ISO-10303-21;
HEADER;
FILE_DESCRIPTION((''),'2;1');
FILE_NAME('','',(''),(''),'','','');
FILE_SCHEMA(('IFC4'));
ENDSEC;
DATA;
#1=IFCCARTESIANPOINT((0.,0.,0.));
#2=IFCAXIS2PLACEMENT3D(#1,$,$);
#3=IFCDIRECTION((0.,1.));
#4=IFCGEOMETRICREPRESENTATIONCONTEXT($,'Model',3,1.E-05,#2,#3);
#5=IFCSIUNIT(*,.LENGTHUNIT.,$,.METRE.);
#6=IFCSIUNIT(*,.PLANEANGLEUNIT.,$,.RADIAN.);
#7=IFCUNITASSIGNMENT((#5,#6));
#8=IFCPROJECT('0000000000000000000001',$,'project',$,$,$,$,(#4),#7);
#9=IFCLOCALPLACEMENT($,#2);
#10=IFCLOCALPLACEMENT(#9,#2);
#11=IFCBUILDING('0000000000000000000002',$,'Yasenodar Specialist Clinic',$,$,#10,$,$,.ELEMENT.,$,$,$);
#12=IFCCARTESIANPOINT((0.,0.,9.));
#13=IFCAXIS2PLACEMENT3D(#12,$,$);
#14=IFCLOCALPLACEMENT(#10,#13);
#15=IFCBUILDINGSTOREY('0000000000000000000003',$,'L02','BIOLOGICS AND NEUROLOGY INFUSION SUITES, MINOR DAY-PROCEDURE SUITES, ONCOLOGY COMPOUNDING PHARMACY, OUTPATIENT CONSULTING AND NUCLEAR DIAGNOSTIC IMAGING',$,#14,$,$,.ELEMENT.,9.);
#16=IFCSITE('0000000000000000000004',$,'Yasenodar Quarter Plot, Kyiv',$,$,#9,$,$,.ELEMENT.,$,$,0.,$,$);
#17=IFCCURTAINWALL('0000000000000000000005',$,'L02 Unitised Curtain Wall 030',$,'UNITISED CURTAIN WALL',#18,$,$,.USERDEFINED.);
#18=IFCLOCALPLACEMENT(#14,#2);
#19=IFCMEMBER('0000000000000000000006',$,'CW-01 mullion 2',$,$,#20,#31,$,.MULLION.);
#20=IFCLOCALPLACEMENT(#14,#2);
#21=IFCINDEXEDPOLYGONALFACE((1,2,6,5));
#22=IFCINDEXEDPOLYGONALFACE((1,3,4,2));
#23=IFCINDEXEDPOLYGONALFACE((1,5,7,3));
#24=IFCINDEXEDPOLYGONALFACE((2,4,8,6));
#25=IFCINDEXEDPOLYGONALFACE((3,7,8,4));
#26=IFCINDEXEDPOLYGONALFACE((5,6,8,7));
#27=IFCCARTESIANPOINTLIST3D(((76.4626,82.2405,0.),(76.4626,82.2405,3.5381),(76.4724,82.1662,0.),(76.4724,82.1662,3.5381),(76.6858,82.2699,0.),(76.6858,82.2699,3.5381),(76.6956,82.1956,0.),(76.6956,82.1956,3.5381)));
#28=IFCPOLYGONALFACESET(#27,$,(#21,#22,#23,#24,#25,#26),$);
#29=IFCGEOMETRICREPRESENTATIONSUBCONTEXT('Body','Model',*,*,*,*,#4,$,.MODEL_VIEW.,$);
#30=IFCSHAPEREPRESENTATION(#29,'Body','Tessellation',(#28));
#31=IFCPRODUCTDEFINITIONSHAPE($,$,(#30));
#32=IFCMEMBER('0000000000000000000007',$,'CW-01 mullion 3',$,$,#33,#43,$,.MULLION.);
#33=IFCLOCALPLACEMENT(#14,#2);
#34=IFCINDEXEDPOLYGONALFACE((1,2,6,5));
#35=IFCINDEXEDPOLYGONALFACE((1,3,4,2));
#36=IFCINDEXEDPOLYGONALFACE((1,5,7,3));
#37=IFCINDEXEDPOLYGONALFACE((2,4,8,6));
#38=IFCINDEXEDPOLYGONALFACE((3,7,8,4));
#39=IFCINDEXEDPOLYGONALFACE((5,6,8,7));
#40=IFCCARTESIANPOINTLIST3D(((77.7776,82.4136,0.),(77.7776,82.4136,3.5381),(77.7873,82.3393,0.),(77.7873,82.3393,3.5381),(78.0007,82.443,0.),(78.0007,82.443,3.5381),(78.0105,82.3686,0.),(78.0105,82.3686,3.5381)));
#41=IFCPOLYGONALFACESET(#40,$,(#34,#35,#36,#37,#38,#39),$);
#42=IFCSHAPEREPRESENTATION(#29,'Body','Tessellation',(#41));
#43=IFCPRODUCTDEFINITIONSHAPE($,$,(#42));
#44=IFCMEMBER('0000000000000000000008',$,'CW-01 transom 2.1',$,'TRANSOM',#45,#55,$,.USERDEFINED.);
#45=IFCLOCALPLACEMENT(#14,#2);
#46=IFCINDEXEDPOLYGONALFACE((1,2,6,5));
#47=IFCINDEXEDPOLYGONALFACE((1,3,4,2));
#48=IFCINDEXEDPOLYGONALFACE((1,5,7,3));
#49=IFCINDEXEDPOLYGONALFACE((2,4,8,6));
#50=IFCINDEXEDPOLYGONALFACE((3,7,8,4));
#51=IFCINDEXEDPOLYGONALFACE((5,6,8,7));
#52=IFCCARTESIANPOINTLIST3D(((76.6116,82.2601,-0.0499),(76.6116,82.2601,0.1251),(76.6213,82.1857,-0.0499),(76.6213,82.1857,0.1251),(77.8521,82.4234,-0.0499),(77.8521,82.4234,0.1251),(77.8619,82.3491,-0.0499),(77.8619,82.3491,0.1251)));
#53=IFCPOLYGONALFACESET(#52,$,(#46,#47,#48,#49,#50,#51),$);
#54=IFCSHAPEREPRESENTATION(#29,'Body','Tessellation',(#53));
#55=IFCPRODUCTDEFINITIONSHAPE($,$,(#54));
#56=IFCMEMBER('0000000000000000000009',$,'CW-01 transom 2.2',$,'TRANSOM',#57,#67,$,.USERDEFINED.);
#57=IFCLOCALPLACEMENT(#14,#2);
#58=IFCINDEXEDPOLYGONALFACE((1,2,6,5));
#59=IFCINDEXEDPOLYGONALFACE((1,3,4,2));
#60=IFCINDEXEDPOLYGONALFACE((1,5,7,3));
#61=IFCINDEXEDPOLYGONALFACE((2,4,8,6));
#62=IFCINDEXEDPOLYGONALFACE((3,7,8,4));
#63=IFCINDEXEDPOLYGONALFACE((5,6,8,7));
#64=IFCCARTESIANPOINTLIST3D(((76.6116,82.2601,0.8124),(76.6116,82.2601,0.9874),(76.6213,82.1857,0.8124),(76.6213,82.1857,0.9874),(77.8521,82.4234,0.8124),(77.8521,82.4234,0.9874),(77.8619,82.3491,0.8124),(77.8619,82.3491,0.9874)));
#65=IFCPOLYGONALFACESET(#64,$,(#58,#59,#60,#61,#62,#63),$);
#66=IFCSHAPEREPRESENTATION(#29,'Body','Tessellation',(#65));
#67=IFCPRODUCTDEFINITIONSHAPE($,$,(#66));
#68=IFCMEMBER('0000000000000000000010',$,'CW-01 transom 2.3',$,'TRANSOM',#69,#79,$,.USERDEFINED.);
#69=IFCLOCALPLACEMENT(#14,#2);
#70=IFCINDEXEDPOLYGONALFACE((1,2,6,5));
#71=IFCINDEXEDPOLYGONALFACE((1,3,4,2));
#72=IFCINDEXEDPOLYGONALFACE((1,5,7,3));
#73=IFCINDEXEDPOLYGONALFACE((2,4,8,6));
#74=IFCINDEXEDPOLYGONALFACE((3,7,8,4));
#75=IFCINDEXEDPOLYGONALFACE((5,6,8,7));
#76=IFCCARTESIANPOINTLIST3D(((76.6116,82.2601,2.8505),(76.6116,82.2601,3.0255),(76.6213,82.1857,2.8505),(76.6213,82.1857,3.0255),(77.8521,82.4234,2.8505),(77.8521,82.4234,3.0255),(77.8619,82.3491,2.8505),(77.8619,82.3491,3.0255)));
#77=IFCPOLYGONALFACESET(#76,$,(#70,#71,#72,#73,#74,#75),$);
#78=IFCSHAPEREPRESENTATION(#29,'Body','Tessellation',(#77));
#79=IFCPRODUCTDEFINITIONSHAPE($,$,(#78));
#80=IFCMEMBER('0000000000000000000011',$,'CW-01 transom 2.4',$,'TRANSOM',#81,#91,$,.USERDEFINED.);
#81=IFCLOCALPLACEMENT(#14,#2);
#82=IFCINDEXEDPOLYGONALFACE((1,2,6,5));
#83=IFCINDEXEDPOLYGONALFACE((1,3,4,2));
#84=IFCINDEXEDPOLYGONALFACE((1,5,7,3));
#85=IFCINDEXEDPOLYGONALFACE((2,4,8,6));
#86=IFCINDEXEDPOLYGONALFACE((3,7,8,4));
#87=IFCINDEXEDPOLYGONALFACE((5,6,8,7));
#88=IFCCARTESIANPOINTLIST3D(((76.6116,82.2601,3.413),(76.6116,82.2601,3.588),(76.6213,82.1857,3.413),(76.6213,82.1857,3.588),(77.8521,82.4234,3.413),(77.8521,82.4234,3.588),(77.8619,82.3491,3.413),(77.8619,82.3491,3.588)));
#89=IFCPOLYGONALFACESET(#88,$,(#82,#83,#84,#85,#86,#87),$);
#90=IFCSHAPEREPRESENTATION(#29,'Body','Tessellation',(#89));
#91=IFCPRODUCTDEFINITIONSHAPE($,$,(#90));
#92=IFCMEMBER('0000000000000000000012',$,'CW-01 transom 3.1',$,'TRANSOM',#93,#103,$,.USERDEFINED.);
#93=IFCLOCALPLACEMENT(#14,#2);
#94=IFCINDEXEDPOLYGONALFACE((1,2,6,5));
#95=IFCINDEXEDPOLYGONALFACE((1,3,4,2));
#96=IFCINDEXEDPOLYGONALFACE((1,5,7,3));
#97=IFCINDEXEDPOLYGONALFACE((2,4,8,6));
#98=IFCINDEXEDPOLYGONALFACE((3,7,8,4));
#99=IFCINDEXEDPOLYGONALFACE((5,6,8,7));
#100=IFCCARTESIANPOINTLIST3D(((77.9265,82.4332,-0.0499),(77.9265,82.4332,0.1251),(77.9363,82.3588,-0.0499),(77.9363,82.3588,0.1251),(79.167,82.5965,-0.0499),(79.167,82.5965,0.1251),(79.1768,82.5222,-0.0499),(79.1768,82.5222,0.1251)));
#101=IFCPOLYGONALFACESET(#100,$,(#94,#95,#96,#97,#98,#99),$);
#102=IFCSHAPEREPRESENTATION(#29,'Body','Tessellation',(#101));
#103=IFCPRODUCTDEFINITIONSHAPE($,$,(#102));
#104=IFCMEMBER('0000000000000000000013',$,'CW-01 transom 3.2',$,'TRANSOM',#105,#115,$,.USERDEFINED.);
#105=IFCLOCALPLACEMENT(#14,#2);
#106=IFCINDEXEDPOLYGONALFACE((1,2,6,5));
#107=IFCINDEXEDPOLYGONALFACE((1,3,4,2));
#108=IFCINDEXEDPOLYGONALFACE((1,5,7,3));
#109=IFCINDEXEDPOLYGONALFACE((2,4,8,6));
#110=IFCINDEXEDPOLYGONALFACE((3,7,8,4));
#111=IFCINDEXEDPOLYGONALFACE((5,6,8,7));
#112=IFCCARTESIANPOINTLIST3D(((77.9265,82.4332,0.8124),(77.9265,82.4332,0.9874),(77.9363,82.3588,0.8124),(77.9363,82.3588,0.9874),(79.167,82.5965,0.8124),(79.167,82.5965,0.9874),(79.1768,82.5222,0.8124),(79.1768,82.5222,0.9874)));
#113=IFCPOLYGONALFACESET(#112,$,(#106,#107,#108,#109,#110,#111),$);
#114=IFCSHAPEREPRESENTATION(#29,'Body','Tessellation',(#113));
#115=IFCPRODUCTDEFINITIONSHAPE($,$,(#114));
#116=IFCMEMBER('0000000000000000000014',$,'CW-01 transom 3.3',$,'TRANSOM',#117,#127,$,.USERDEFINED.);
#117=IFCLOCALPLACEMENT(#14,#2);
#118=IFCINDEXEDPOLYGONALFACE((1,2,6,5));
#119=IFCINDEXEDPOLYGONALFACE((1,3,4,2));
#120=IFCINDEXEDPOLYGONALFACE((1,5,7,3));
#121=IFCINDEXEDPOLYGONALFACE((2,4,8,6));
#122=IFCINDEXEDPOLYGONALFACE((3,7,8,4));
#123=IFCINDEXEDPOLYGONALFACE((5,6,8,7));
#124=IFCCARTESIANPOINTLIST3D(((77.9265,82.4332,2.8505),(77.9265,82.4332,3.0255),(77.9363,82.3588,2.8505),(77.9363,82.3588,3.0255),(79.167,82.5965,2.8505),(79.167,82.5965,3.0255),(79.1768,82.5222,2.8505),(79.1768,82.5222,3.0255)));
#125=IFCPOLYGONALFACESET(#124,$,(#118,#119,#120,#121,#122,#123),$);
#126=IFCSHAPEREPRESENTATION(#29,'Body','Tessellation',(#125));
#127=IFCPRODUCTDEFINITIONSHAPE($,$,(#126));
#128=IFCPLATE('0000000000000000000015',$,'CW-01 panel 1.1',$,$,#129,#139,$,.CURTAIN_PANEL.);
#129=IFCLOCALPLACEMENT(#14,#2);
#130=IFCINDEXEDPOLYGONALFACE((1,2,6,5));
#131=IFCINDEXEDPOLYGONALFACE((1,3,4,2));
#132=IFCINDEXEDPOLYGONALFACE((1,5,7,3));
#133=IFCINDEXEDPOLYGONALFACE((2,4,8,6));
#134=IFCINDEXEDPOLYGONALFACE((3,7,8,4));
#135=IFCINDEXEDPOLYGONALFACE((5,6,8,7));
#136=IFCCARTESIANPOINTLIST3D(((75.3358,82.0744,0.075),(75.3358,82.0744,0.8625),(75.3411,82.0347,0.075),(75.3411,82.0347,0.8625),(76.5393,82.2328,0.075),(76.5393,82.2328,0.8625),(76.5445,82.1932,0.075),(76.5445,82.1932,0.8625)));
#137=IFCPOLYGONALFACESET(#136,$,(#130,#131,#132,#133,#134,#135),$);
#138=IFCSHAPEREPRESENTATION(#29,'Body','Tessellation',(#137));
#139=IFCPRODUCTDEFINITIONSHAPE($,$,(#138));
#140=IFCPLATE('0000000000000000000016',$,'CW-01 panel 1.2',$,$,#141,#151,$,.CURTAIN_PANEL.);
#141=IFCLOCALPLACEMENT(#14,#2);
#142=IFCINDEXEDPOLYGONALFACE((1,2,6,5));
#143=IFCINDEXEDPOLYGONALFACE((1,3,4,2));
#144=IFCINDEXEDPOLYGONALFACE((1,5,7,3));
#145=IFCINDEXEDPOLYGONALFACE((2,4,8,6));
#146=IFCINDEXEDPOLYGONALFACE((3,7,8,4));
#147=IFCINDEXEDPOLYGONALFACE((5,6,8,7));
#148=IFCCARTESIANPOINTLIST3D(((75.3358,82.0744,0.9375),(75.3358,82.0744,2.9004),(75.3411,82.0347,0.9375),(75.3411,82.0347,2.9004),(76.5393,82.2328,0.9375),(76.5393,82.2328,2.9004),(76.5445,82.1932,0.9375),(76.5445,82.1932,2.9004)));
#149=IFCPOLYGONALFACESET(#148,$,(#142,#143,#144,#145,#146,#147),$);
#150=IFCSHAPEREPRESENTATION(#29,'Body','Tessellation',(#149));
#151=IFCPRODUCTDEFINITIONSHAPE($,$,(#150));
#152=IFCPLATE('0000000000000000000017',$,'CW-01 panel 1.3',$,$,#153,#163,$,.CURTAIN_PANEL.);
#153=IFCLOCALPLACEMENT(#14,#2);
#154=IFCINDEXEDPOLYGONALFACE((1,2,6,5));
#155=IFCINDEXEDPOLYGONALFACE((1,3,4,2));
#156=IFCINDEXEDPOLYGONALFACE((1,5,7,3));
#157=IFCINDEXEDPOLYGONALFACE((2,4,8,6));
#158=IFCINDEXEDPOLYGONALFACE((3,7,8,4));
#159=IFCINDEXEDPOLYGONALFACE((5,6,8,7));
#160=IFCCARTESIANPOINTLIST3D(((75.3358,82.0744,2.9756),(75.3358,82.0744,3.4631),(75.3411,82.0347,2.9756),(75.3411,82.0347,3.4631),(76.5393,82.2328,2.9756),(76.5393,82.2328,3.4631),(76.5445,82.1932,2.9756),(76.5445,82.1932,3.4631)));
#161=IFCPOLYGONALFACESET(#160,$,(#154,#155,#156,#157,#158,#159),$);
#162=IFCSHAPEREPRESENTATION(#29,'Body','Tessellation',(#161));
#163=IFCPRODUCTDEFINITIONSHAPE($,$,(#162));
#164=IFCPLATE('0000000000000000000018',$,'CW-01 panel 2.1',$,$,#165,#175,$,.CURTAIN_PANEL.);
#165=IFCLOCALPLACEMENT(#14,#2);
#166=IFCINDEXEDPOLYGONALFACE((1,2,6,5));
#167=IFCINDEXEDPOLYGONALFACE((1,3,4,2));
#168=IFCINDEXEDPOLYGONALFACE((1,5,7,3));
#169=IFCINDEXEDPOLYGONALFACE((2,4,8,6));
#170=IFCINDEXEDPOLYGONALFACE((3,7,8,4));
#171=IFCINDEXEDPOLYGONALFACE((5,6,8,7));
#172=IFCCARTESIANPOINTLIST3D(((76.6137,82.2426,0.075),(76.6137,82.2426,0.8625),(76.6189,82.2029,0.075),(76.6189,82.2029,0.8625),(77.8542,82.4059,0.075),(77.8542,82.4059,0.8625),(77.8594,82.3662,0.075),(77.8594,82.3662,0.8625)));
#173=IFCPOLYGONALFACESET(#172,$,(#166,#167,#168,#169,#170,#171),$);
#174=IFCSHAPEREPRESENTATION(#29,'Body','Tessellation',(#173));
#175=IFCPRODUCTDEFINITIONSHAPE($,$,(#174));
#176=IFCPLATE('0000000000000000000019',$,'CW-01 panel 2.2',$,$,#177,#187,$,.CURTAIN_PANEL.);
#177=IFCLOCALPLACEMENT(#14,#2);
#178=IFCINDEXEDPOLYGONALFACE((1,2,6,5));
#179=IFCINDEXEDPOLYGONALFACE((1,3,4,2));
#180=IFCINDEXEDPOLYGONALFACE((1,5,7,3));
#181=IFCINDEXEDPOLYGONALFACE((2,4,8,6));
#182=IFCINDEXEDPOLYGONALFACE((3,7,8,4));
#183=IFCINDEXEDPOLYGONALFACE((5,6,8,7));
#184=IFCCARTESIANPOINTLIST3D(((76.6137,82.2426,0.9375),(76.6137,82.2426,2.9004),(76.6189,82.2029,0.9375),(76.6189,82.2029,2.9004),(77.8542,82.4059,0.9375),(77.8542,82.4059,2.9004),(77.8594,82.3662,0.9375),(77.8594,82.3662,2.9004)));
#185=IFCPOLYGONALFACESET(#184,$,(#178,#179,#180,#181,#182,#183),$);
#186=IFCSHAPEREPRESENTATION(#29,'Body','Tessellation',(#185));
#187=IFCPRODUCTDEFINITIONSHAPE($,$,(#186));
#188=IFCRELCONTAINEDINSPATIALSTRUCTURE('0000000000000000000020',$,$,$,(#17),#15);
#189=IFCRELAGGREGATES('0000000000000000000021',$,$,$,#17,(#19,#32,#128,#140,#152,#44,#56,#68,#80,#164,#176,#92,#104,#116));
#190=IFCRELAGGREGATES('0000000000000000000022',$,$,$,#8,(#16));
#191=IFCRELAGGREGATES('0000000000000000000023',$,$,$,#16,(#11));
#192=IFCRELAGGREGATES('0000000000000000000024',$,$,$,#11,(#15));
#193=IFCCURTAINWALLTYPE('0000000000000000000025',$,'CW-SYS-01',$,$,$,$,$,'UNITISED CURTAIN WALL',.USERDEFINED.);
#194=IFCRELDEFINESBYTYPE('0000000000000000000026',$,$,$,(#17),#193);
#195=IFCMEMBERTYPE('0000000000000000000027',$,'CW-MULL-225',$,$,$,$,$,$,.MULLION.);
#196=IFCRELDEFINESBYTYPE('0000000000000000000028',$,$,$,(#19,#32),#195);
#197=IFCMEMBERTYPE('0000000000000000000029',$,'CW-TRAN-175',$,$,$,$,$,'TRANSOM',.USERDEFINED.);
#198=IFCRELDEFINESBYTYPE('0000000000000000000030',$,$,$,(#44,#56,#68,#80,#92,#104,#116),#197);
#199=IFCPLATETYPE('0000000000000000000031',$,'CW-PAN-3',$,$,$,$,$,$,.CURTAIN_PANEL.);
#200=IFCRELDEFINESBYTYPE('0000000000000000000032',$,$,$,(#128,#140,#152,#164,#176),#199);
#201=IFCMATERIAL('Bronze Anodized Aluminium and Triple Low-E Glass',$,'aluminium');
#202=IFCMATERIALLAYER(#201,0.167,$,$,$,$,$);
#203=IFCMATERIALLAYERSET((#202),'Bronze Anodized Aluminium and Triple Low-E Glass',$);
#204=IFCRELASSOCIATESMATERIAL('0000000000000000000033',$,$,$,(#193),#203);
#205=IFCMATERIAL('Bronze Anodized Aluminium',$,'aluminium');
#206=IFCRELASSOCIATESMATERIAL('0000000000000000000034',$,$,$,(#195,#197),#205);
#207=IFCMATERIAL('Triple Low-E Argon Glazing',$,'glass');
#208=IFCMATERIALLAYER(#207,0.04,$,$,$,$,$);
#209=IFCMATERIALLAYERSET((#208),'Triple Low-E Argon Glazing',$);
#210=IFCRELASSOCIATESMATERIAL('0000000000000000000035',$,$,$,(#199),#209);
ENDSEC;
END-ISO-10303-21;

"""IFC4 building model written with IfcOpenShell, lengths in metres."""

from ifc_helpers import new_model, si_unit, direction, frame, origin, origin_2d, place, context, subcontext, project, spatial, rectangle, extrude, material, layer, layer_set, material_profile, profile_set, type_object, element, aggregate, save


model = new_model("IFC4")

# Units and contexts
model_context = context("Model", 3, precision=1e-05, world=origin(), true_north=direction((0.0, 1.0)))
body_context = subcontext(model_context, "Body", "Model", "MODEL_VIEW")
ifc_project = project(units=[si_unit("LENGTHUNIT", "METRE"), si_unit("PLANEANGLEUNIT", "RADIAN")], contexts=[model_context])

# Site, building, storey
site_placement = place(None, origin())
site = spatial("IfcSite", under=ifc_project, at=site_placement, Name="Yasenodar Quarter Plot, Kyiv", CompositionType="ELEMENT", RefElevation=0.0)
building_placement = place(site_placement, origin())
building = spatial("IfcBuilding", under=site, at=building_placement, Name="Yasenodar Specialist Clinic", CompositionType="ELEMENT")
storey_placement = place(building_placement, frame((0.0, 0.0, 9.0)))
storey = spatial("IfcBuildingStorey", under=building, at=storey_placement, Name="L02", Description="BIOLOGICS AND NEUROLOGY INFUSION SUITES, MINOR DAY-PROCEDURE SUITES, ONCOLOGY COMPOUNDING PHARMACY, OUTPATIENT CONSULTING AND NUCLEAR DIAGNOSTIC IMAGING", CompositionType="ELEMENT", Elevation=9.0)

# Curtain wall, members, plates
ifc_material_1 = material(Name="Bronze Anodized Aluminium and Triple Low-E Glass", Category="aluminium")
ifc_layer_1 = layer(ifc_material_1, 0.167)
ifc_layer_set_1 = layer_set([ifc_layer_1], Name="Bronze Anodized Aluminium and Triple Low-E Glass")
curtain_wall_type = type_object("IfcCurtainWallType", Name="CW-SYS-01", ElementType="UNITISED CURTAIN WALL", PredefinedType="USERDEFINED", material=ifc_layer_set_1)
curtain_wall_placement = place(storey_placement, origin())
curtain_wall = element("IfcCurtainWall", 1, at=curtain_wall_placement, inside=storey, type_object=curtain_wall_type, Name="L02 Unitised Curtain Wall 030", ObjectType="UNITISED CURTAIN WALL", PredefinedType="USERDEFINED")
ifc_material_2 = material(Name="Bronze Anodized Aluminium", Category="aluminium")
ifc_material_profile_1 = material_profile(ifc_material_2, rectangle(XDim=0.075, YDim=0.2251, at=origin_2d()), Name="CW-MULL 75x225")
ifc_profile_set_1 = profile_set([ifc_material_profile_1], Name="Bronze Anodized Aluminium")
member_type_1 = type_object("IfcMemberType", Name="CW-MULL-225", PredefinedType="MULLION", material=ifc_profile_set_1)
member_1_placement = place(storey_placement, frame((76.5791, 82.218, 0.0), z_axis=(0.0, 0.0, 1.0), x_axis=(-0.130512, 0.991447, 0.0)))
member_1 = element("IfcMember", 2, at=member_1_placement, type_object=member_type_1, Name="CW-01 mullion 2", PredefinedType="MULLION", context=body_context, shape_type="SweptSolid", body=[
    extrude(rectangle(XDim=0.075, YDim=0.2251, at=origin_2d()), origin(), (0.0, 0.0, 1.0), 3.5381),
])
member_2_placement = place(storey_placement, frame((77.894, 82.3911, 0.0), z_axis=(0.0, 0.0, 1.0), x_axis=(-0.130512, 0.991447, 0.0)))
member_2 = element("IfcMember", 3, at=member_2_placement, type_object=member_type_1, Name="CW-01 mullion 3", PredefinedType="MULLION", context=body_context, shape_type="SweptSolid", body=[
    extrude(rectangle(XDim=0.075, YDim=0.2251, at=origin_2d()), origin(), (0.0, 0.0, 1.0), 3.5381),
])
ifc_material_profile_2 = material_profile(ifc_material_2, rectangle(XDim=0.075, YDim=0.175, at=origin_2d()), Name="CW-TRAN 75x175")
ifc_profile_set_2 = profile_set([ifc_material_profile_2], Name="Bronze Anodized Aluminium")
member_type_2 = type_object("IfcMemberType", Name="CW-TRAN-175", ElementType="TRANSOM", PredefinedType="USERDEFINED", material=ifc_profile_set_2)
member_3_placement = place(storey_placement, frame((76.6165, 82.2229, 0.0376), z_axis=(0.991443, 0.13054, 0.0), x_axis=(-0.13054, 0.991443, 0.0)))
member_3 = element("IfcMember", 4, at=member_3_placement, type_object=member_type_2, Name="CW-01 transom 2.1", ObjectType="TRANSOM", PredefinedType="USERDEFINED", context=body_context, shape_type="SweptSolid", body=[
    extrude(rectangle(XDim=0.075, YDim=0.175, at=origin_2d()), origin(), (0.0, 0.0, 1.0), 1.2512),
])
member_4_placement = place(storey_placement, frame((76.6165, 82.2229, 0.8999), z_axis=(0.991443, 0.13054, 0.0), x_axis=(-0.13054, 0.991443, 0.0)))
member_4 = element("IfcMember", 5, at=member_4_placement, type_object=member_type_2, Name="CW-01 transom 2.2", ObjectType="TRANSOM", PredefinedType="USERDEFINED", context=body_context, shape_type="SweptSolid", body=[
    extrude(rectangle(XDim=0.075, YDim=0.175, at=origin_2d()), origin(), (0.0, 0.0, 1.0), 1.2512),
])
member_5_placement = place(storey_placement, frame((76.6165, 82.2229, 2.938), z_axis=(0.991443, 0.13054, 0.0), x_axis=(-0.13054, 0.991443, 0.0)))
member_5 = element("IfcMember", 6, at=member_5_placement, type_object=member_type_2, Name="CW-01 transom 2.3", ObjectType="TRANSOM", PredefinedType="USERDEFINED", context=body_context, shape_type="SweptSolid", body=[
    extrude(rectangle(XDim=0.075, YDim=0.175, at=origin_2d()), origin(), (0.0, 0.0, 1.0), 1.2512),
])
member_6_placement = place(storey_placement, frame((76.6165, 82.2229, 3.5005), z_axis=(0.991443, 0.13054, 0.0), x_axis=(-0.13054, 0.991443, 0.0)))
member_6 = element("IfcMember", 7, at=member_6_placement, type_object=member_type_2, Name="CW-01 transom 2.4", ObjectType="TRANSOM", PredefinedType="USERDEFINED", context=body_context, shape_type="SweptSolid", body=[
    extrude(rectangle(XDim=0.075, YDim=0.175, at=origin_2d()), origin(), (0.0, 0.0, 1.0), 1.2512),
])
member_7_placement = place(storey_placement, frame((77.9314, 82.396, 0.0376), z_axis=(0.991443, 0.13054, 0.0), x_axis=(-0.13054, 0.991443, 0.0)))
member_7 = element("IfcMember", 8, at=member_7_placement, type_object=member_type_2, Name="CW-01 transom 3.1", ObjectType="TRANSOM", PredefinedType="USERDEFINED", context=body_context, shape_type="SweptSolid", body=[
    extrude(rectangle(XDim=0.075, YDim=0.175, at=origin_2d()), origin(), (0.0, 0.0, 1.0), 1.2512),
])
member_8_placement = place(storey_placement, frame((77.9314, 82.396, 0.8999), z_axis=(0.991443, 0.13054, 0.0), x_axis=(-0.13054, 0.991443, 0.0)))
member_8 = element("IfcMember", 9, at=member_8_placement, type_object=member_type_2, Name="CW-01 transom 3.2", ObjectType="TRANSOM", PredefinedType="USERDEFINED", context=body_context, shape_type="SweptSolid", body=[
    extrude(rectangle(XDim=0.075, YDim=0.175, at=origin_2d()), origin(), (0.0, 0.0, 1.0), 1.2512),
])
member_9_placement = place(storey_placement, frame((77.9314, 82.396, 2.938), z_axis=(0.991443, 0.13054, 0.0), x_axis=(-0.13054, 0.991443, 0.0)))
member_9 = element("IfcMember", 10, at=member_9_placement, type_object=member_type_2, Name="CW-01 transom 3.3", ObjectType="TRANSOM", PredefinedType="USERDEFINED", context=body_context, shape_type="SweptSolid", body=[
    extrude(rectangle(XDim=0.075, YDim=0.175, at=origin_2d()), origin(), (0.0, 0.0, 1.0), 1.2512),
])
ifc_material_3 = material(Name="Triple Low-E Argon Glazing", Category="glass")
ifc_layer_2 = layer(ifc_material_3, 0.04)
ifc_layer_set_2 = layer_set([ifc_layer_2], Name="Triple Low-E Argon Glazing")
plate_type_1 = type_object("IfcPlateType", Name="CW-PAN-3", PredefinedType="CURTAIN_PANEL", material=ifc_layer_set_2)
plate_1_placement = place(storey_placement, frame((75.9402, 82.1338, 0.075), z_axis=(0.0, 0.0, 1.0), x_axis=(0.991447, 0.130512, 0.0)))
plate_1 = element("IfcPlate", 11, at=plate_1_placement, type_object=plate_type_1, Name="CW-01 panel 1.1", PredefinedType="CURTAIN_PANEL", context=body_context, shape_type="SweptSolid", body=[
    extrude(rectangle(XDim=1.2139, YDim=0.04, at=origin_2d()), origin(), (0.0, 0.0, 1.0), 0.7876),
])
plate_2_placement = place(storey_placement, frame((75.9402, 82.1338, 0.9375), z_axis=(0.0, 0.0, 1.0), x_axis=(0.991447, 0.130512, 0.0)))
plate_2 = element("IfcPlate", 12, at=plate_2_placement, type_object=plate_type_1, Name="CW-01 panel 1.2", PredefinedType="CURTAIN_PANEL", context=body_context, shape_type="SweptSolid", body=[
    extrude(rectangle(XDim=1.2139, YDim=0.04, at=origin_2d()), origin(), (0.0, 0.0, 1.0), 1.9629),
])
plate_3_placement = place(storey_placement, frame((75.9402, 82.1338, 2.9756), z_axis=(0.0, 0.0, 1.0), x_axis=(0.991447, 0.130512, 0.0)))
plate_3 = element("IfcPlate", 13, at=plate_3_placement, type_object=plate_type_1, Name="CW-01 panel 1.3", PredefinedType="CURTAIN_PANEL", context=body_context, shape_type="SweptSolid", body=[
    extrude(rectangle(XDim=1.2139, YDim=0.04, at=origin_2d()), origin(), (0.0, 0.0, 1.0), 0.4875),
])
plate_4_placement = place(storey_placement, frame((77.2366, 82.3044, 0.075), z_axis=(0.0, 0.0, 1.0), x_axis=(0.991447, 0.130512, 0.0)))
plate_4 = element("IfcPlate", 14, at=plate_4_placement, type_object=plate_type_1, Name="CW-01 panel 2.1", PredefinedType="CURTAIN_PANEL", context=body_context, shape_type="SweptSolid", body=[
    extrude(rectangle(XDim=1.2512, YDim=0.04, at=origin_2d()), origin(), (0.0, 0.0, 1.0), 0.7876),
])
plate_5_placement = place(storey_placement, frame((77.2366, 82.3044, 0.9375), z_axis=(0.0, 0.0, 1.0), x_axis=(0.991447, 0.130512, 0.0)))
plate_5 = element("IfcPlate", 15, at=plate_5_placement, type_object=plate_type_1, Name="CW-01 panel 2.2", PredefinedType="CURTAIN_PANEL", context=body_context, shape_type="SweptSolid", body=[
    extrude(rectangle(XDim=1.2512, YDim=0.04, at=origin_2d()), origin(), (0.0, 0.0, 1.0), 1.9629),
])
aggregate(curtain_wall, [member_1, member_2, plate_1, plate_2, plate_3, member_3, member_4, member_5, member_6, plate_4, plate_5, member_7, member_8, member_9])

save(model, "model.ifc")
